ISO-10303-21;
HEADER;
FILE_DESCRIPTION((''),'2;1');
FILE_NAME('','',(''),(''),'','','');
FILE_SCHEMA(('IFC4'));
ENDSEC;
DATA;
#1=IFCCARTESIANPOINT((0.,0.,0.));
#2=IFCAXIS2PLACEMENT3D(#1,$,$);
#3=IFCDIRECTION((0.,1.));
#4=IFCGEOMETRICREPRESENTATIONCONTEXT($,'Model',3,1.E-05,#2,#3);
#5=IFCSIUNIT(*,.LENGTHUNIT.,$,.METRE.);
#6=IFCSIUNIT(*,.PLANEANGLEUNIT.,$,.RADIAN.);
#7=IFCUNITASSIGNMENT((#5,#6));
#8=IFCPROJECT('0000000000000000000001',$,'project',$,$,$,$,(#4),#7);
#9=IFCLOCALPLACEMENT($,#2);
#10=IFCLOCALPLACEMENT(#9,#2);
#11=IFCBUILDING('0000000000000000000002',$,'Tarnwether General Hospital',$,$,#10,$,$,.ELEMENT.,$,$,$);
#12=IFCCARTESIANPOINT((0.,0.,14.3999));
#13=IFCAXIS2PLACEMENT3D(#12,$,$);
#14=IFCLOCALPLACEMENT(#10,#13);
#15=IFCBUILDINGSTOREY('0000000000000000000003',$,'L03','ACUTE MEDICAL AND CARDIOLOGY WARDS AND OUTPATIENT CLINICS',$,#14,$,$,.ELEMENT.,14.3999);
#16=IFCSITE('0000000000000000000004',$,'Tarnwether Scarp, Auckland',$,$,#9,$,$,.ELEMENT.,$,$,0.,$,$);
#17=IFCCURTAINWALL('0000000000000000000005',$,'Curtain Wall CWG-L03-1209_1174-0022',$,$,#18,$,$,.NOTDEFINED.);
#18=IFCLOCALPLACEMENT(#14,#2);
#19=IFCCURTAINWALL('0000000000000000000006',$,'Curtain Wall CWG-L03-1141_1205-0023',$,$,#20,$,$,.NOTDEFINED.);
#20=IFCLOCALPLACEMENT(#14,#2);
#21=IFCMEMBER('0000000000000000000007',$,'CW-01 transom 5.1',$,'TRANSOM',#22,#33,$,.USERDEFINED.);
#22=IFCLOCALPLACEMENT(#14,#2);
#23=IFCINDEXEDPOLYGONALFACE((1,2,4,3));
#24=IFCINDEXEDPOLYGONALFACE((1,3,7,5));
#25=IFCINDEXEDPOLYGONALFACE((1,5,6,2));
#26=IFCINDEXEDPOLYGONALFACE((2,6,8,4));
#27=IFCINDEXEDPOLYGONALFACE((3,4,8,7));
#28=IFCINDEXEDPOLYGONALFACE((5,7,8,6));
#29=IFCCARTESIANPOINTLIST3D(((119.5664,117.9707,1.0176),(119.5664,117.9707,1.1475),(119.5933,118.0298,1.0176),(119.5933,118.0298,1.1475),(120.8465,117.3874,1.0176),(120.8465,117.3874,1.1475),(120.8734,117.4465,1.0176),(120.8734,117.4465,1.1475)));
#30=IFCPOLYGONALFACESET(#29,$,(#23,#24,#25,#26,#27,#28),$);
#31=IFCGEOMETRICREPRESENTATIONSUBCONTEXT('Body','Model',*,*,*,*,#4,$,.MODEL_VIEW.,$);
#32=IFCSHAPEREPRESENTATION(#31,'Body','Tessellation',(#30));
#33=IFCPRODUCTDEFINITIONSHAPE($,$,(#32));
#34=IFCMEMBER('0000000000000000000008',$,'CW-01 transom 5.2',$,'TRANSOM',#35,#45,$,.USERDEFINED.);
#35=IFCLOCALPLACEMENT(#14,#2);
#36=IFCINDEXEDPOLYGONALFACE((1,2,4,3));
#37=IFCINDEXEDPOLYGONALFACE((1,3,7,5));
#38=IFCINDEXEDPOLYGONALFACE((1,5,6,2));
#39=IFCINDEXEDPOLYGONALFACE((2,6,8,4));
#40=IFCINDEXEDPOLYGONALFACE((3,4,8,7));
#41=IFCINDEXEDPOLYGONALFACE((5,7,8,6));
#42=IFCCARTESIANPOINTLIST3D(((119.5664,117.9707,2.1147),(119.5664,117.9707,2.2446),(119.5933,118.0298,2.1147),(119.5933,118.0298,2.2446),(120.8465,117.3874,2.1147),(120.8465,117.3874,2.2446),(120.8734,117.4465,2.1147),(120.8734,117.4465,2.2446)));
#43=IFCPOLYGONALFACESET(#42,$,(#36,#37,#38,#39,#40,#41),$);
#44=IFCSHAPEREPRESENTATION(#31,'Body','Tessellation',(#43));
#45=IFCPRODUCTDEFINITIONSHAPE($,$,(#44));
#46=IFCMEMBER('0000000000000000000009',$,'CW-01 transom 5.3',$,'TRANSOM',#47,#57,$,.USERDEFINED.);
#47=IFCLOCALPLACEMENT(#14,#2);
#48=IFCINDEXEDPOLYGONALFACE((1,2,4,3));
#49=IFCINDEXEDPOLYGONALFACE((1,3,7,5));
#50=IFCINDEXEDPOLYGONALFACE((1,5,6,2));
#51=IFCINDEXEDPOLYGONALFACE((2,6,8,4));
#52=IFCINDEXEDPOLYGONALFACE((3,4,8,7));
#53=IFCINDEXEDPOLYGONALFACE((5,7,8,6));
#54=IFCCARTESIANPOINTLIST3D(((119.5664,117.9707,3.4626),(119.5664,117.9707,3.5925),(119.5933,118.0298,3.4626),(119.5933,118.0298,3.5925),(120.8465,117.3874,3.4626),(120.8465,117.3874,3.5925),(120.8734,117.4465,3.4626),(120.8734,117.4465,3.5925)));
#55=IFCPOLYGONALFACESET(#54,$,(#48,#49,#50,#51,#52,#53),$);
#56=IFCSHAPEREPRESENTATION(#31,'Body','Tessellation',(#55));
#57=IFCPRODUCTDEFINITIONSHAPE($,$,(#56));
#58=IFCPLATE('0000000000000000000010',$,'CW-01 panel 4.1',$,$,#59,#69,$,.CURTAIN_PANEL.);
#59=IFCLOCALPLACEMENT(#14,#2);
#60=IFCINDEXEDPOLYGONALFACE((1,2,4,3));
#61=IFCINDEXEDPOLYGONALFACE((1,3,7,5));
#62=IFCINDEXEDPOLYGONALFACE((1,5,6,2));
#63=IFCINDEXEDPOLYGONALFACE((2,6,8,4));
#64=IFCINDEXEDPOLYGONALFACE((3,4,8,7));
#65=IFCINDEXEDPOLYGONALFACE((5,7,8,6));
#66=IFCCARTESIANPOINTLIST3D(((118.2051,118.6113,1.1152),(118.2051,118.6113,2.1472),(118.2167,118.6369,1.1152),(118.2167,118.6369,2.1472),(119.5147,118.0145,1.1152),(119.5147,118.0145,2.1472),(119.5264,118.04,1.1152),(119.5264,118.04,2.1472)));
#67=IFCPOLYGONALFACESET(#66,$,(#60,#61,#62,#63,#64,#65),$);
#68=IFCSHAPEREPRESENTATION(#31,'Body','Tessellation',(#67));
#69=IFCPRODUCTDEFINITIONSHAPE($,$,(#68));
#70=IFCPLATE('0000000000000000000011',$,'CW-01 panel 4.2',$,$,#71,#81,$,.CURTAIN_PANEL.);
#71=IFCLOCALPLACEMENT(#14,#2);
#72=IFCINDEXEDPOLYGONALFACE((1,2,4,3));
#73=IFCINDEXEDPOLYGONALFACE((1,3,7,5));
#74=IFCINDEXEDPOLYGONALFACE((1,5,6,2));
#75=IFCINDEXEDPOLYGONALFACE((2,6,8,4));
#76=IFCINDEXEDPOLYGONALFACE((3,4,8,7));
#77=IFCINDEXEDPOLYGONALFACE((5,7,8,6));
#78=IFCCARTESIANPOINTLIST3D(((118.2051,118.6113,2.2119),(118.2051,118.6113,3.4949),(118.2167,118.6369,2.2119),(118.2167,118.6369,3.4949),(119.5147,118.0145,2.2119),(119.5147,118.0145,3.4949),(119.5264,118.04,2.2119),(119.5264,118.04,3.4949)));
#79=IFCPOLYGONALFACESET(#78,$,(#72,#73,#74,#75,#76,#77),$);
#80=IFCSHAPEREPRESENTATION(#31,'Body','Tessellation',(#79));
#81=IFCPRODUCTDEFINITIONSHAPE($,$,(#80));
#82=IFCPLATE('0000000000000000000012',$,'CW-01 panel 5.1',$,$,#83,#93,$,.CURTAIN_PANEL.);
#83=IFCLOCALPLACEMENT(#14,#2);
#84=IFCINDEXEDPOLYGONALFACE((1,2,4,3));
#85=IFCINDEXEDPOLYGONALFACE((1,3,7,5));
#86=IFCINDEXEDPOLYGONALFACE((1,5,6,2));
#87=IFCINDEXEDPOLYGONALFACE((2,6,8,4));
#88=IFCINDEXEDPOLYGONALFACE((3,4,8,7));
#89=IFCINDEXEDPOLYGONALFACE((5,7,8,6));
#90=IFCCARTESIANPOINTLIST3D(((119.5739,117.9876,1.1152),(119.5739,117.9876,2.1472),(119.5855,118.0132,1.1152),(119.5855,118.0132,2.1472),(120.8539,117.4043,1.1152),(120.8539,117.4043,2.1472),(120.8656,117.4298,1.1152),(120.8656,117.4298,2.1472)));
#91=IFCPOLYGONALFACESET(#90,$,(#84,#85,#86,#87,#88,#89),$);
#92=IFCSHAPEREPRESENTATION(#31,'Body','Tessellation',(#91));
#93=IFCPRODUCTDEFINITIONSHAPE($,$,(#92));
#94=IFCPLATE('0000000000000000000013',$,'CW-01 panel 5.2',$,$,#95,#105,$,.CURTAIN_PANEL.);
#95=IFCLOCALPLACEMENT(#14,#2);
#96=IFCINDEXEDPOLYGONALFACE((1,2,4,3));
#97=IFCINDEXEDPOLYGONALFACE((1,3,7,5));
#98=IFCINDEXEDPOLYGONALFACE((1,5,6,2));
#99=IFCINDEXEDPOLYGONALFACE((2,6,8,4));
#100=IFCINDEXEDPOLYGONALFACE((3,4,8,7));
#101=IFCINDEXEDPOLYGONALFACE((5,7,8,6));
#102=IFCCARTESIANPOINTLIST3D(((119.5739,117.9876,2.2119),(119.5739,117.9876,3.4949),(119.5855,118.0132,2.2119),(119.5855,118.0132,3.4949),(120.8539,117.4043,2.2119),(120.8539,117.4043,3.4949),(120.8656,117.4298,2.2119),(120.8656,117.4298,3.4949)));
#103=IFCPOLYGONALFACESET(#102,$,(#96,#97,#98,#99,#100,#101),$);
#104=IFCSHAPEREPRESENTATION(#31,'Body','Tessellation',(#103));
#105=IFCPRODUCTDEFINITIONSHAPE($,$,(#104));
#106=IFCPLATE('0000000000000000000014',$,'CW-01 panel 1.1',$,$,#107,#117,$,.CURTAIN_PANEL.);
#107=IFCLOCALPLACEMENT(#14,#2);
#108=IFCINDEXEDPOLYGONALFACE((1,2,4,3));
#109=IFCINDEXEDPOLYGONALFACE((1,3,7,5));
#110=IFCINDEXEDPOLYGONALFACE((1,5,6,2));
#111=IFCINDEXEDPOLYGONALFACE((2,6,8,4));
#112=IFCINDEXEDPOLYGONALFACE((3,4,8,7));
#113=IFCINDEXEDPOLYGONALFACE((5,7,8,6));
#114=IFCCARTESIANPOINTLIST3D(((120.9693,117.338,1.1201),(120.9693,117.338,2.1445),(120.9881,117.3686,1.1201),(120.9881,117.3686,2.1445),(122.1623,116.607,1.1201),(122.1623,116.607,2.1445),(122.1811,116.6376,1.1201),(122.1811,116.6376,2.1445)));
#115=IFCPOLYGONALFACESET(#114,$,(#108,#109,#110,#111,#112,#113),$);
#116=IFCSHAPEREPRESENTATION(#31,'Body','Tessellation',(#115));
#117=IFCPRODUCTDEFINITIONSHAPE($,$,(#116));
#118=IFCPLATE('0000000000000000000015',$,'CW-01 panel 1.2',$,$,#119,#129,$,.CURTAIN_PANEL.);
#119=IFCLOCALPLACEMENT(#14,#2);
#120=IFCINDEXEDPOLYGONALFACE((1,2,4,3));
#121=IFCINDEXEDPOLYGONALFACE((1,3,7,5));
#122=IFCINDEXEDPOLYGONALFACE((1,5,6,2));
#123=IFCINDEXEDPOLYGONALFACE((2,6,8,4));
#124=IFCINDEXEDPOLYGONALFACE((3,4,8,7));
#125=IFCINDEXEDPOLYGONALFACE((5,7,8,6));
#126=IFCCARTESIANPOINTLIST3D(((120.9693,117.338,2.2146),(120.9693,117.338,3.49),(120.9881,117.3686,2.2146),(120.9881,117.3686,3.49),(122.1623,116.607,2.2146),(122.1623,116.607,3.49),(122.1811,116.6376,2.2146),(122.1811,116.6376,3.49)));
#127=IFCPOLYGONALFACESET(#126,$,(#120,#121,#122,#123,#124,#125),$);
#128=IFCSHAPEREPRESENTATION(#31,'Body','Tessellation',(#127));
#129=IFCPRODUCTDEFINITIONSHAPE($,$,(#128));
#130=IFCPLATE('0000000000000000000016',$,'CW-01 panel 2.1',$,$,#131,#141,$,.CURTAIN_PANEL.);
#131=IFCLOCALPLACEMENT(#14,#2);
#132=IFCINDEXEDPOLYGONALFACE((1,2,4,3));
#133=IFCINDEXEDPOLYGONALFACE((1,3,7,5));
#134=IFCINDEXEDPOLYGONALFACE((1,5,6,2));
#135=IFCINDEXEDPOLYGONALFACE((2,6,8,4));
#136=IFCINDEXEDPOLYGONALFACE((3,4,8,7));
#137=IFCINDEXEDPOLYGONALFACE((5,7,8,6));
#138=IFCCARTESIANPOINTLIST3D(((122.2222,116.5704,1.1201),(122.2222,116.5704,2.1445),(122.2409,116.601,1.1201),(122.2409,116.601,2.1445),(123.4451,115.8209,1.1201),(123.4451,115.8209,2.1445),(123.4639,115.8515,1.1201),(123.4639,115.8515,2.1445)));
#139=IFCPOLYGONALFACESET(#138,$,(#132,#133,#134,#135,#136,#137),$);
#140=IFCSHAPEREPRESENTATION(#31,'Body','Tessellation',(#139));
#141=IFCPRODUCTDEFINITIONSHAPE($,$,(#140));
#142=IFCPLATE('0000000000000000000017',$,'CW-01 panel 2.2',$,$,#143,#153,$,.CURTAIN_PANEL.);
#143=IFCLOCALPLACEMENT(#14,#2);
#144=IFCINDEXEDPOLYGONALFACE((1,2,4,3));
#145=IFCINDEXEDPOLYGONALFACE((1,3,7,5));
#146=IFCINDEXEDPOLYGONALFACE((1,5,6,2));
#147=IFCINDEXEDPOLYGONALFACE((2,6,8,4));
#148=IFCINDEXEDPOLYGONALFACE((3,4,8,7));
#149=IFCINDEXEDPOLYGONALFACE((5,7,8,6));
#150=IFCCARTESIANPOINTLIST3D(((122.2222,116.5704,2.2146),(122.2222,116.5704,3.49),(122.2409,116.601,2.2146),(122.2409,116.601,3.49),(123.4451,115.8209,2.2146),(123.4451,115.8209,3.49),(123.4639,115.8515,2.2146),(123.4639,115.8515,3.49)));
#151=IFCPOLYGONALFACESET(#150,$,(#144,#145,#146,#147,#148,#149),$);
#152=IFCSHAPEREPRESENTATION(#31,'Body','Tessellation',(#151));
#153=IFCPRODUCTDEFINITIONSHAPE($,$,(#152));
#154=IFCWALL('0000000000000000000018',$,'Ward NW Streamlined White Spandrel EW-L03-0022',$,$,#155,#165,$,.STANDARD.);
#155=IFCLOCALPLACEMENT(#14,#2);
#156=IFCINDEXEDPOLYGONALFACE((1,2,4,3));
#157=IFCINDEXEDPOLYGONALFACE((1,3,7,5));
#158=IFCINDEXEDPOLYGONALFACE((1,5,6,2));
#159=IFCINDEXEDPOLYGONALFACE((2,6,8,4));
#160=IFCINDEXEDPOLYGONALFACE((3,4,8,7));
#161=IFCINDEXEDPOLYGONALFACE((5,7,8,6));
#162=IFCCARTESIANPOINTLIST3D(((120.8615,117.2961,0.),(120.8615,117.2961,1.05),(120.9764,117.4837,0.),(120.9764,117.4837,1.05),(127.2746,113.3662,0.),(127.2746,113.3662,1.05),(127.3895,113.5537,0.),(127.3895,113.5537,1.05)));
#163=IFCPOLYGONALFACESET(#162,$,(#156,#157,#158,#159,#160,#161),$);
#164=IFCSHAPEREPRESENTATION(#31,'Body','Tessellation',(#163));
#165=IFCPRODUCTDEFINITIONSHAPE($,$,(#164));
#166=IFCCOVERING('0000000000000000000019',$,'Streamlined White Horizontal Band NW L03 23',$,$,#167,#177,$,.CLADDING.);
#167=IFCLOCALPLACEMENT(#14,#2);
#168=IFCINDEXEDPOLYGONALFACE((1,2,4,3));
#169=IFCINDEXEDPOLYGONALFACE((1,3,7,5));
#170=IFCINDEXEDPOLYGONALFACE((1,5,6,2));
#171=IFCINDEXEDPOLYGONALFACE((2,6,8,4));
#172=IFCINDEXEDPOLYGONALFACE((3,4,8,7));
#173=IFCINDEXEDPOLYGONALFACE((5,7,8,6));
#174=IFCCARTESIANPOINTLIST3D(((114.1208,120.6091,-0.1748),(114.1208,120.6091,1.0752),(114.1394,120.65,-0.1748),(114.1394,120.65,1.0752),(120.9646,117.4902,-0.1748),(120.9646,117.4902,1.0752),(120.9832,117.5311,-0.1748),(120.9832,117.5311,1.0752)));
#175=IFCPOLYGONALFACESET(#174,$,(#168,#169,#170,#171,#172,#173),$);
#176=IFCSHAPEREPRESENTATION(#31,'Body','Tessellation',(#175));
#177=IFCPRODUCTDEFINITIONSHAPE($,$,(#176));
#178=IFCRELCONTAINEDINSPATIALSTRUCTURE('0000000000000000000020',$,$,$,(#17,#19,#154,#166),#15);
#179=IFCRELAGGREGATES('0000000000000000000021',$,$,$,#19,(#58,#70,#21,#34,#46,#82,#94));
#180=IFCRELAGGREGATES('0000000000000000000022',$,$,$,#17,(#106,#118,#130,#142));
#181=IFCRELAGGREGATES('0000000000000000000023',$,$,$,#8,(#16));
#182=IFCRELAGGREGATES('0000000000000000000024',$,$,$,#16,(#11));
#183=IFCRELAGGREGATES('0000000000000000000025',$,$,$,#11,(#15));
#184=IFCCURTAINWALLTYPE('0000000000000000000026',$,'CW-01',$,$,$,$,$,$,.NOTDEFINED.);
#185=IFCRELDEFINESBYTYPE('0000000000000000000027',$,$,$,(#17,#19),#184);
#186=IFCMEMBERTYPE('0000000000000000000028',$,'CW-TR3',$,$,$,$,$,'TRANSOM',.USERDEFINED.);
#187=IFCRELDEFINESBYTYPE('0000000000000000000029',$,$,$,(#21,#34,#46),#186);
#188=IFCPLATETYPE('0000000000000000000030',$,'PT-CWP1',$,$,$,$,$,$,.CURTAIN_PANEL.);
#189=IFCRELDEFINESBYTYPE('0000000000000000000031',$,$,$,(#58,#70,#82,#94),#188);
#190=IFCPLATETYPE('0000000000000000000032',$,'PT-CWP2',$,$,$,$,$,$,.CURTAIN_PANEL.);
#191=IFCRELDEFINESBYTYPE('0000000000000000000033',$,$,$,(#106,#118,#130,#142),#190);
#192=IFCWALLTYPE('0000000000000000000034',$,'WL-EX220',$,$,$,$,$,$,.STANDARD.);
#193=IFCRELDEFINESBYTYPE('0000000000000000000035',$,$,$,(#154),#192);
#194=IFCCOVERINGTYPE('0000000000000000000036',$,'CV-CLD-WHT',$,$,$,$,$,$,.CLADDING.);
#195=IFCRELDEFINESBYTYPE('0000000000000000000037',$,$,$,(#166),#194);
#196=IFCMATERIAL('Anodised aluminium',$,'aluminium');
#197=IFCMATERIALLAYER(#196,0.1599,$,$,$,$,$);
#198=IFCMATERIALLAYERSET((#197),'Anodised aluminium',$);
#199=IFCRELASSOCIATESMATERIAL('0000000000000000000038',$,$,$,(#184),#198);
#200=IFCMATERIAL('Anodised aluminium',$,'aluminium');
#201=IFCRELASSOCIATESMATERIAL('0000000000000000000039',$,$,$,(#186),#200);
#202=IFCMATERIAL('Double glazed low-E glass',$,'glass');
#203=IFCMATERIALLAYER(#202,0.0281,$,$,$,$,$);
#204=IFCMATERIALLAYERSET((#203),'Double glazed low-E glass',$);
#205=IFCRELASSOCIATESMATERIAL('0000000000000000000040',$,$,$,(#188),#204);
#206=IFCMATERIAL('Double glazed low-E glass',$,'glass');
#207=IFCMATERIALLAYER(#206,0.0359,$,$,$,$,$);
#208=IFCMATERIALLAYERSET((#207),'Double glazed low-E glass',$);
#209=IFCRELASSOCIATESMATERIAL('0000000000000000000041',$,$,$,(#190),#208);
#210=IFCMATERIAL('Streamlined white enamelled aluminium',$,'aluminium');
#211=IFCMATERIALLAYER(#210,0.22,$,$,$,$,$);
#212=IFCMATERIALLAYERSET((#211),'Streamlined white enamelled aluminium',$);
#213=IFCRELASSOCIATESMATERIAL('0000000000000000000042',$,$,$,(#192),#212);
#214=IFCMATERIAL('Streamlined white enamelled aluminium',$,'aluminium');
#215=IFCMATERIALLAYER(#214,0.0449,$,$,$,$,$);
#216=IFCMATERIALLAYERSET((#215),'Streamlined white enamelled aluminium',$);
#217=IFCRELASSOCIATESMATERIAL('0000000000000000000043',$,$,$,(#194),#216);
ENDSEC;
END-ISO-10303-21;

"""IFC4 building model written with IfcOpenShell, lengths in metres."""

from ifc_helpers import new_model, si_unit, direction, frame, frame_2d, origin, origin_2d, place, context, subcontext, project, spatial, rectangle, extrude, material, layer, layer_set, material_profile, profile_set, type_object, element, aggregate, save


model = new_model("IFC4")

# Units and contexts
model_context = context("Model", 3, precision=1e-05, world=origin(), true_north=direction((0.0, 1.0)))
body_context = subcontext(model_context, "Body", "Model", "MODEL_VIEW")
ifc_project = project(units=[si_unit("LENGTHUNIT", "METRE"), si_unit("PLANEANGLEUNIT", "RADIAN")], contexts=[model_context])

# Site, building, storey
site_placement = place(None, origin())
site = spatial("IfcSite", under=ifc_project, at=site_placement, Name="Tarnwether Scarp, Auckland", CompositionType="ELEMENT", RefElevation=0.0)
building_placement = place(site_placement, origin())
building = spatial("IfcBuilding", under=site, at=building_placement, Name="Tarnwether General Hospital", CompositionType="ELEMENT")
storey_placement = place(building_placement, frame((0.0, 0.0, 14.3999)))
storey = spatial("IfcBuildingStorey", under=building, at=storey_placement, Name="L03", Description="ACUTE MEDICAL AND CARDIOLOGY WARDS AND OUTPATIENT CLINICS", CompositionType="ELEMENT", Elevation=14.3999)

# Curtain walls
ifc_material_1 = material(Name="Anodised aluminium", Category="aluminium")
ifc_layer_1 = layer(ifc_material_1, 0.1599)
ifc_layer_set_1 = layer_set([ifc_layer_1], Name="Anodised aluminium")
curtain_wall_type = type_object("IfcCurtainWallType", Name="CW-01", PredefinedType="NOTDEFINED", material=ifc_layer_set_1)
curtain_wall_1_placement = place(storey_placement, origin())
curtain_wall_1 = element("IfcCurtainWall", 1, at=curtain_wall_1_placement, inside=storey, type_object=curtain_wall_type, Name="Curtain Wall CWG-L03-1209_1174-0022", PredefinedType="NOTDEFINED")
curtain_wall_2_placement = place(storey_placement, origin())
curtain_wall_2 = element("IfcCurtainWall", 2, at=curtain_wall_2_placement, inside=storey, type_object=curtain_wall_type, Name="Curtain Wall CWG-L03-1141_1205-0023", PredefinedType="NOTDEFINED")

# Members
ifc_material_2 = material(Name="Anodised aluminium", Category="aluminium")
ifc_material_profile_1 = material_profile(ifc_material_2, rectangle(XDim=0.0649, YDim=0.1299, at=origin_2d()), Name="ALU-TRN-65x130")
ifc_profile_set_1 = profile_set([ifc_material_profile_1], Name="Anodised aluminium")
member_type_1 = type_object("IfcMemberType", Name="CW-TR3", ElementType="TRANSOM", PredefinedType="USERDEFINED", material=ifc_profile_set_1)
member_1_placement = place(storey_placement, frame((119.5798, 118.0002, 1.0825), z_axis=(0.909986, -0.41464, 0.0), x_axis=(0.41464, 0.909986, 0.0)))
member_1 = element("IfcMember", 3, at=member_1_placement, type_object=member_type_1, Name="CW-01 transom 5.1", ObjectType="TRANSOM", PredefinedType="USERDEFINED", context=body_context, shape_type="SweptSolid", body=[
    extrude(rectangle(XDim=0.0649, YDim=0.1299, at=origin_2d()), origin(), (0.0, 0.0, 1.0), 1.4067),
])
member_2_placement = place(storey_placement, frame((119.5798, 118.0002, 2.1797), z_axis=(0.909986, -0.41464, 0.0), x_axis=(0.41464, 0.909986, 0.0)))
member_2 = element("IfcMember", 4, at=member_2_placement, type_object=member_type_1, Name="CW-01 transom 5.2", ObjectType="TRANSOM", PredefinedType="USERDEFINED", context=body_context, shape_type="SweptSolid", body=[
    extrude(rectangle(XDim=0.0649, YDim=0.1299, at=origin_2d()), origin(), (0.0, 0.0, 1.0), 1.4067),
])
member_3_placement = place(storey_placement, frame((119.5798, 118.0002, 3.5276), z_axis=(0.909986, -0.41464, 0.0), x_axis=(0.41464, 0.909986, 0.0)))
member_3 = element("IfcMember", 5, at=member_3_placement, type_object=member_type_1, Name="CW-01 transom 5.3", ObjectType="TRANSOM", PredefinedType="USERDEFINED", context=body_context, shape_type="SweptSolid", body=[
    extrude(rectangle(XDim=0.0649, YDim=0.1299, at=origin_2d()), origin(), (0.0, 0.0, 1.0), 1.4067),
])

# Plates
ifc_material_3 = material(Name="Double glazed low-E glass", Category="glass")
ifc_layer_2 = layer(ifc_material_3, 0.0281)
ifc_layer_set_2 = layer_set([ifc_layer_2], Name="Double glazed low-E glass")
plate_type_1 = type_object("IfcPlateType", Name="PT-CWP1", PredefinedType="CURTAIN_PANEL", material=ifc_layer_set_2)
plate_1_placement = place(storey_placement, frame((118.8657, 118.3257, 1.1152), z_axis=(0.0, 0.0, 1.0), x_axis=(0.909961, -0.414694, 0.0)))
plate_1 = element("IfcPlate", 6, at=plate_1_placement, type_object=plate_type_1, Name="CW-01 panel 4.1", PredefinedType="CURTAIN_PANEL", context=body_context, shape_type="SweptSolid", body=[
    extrude(rectangle(XDim=1.4392, YDim=0.0281, at=origin_2d()), origin(), (0.0, 0.0, 1.0), 1.032),
])
plate_2_placement = place(storey_placement, frame((118.8657, 118.3257, 2.2119), z_axis=(0.0, 0.0, 1.0), x_axis=(0.909961, -0.414694, 0.0)))
plate_2 = element("IfcPlate", 7, at=plate_2_placement, type_object=plate_type_1, Name="CW-01 panel 4.2", PredefinedType="CURTAIN_PANEL", context=body_context, shape_type="SweptSolid", body=[
    extrude(rectangle(XDim=1.4392, YDim=0.0281, at=origin_2d()), origin(), (0.0, 0.0, 1.0), 1.283),
])
plate_3_placement = place(storey_placement, frame((120.2197, 117.7087, 1.1152), z_axis=(0.0, 0.0, 1.0), x_axis=(0.909961, -0.414694, 0.0)))
plate_3 = element("IfcPlate", 8, at=plate_3_placement, type_object=plate_type_1, Name="CW-01 panel 5.1", PredefinedType="CURTAIN_PANEL", context=body_context, shape_type="SweptSolid", body=[
    extrude(rectangle(XDim=1.4067, YDim=0.0281, at=origin_2d()), origin(), (0.0, 0.0, 1.0), 1.032),
])
plate_4_placement = place(storey_placement, frame((120.2197, 117.7087, 2.2119), z_axis=(0.0, 0.0, 1.0), x_axis=(0.909961, -0.414694, 0.0)))
plate_4 = element("IfcPlate", 9, at=plate_4_placement, type_object=plate_type_1, Name="CW-01 panel 5.2", PredefinedType="CURTAIN_PANEL", context=body_context, shape_type="SweptSolid", body=[
    extrude(rectangle(XDim=1.4067, YDim=0.0281, at=origin_2d()), origin(), (0.0, 0.0, 1.0), 1.283),
])
aggregate(curtain_wall_2, [plate_1, plate_2, member_1, member_2, member_3, plate_3, plate_4])
ifc_material_4 = material(Name="Double glazed low-E glass", Category="glass")
ifc_layer_3 = layer(ifc_material_4, 0.0359)
ifc_layer_set_3 = layer_set([ifc_layer_3], Name="Double glazed low-E glass")
plate_type_2 = type_object("IfcPlateType", Name="PT-CWP2", PredefinedType="CURTAIN_PANEL", material=ifc_layer_set_3)
plate_5_placement = place(storey_placement, frame((121.5752, 116.9878, 1.1201), z_axis=(0.0, 0.0, 1.0), x_axis=(0.852634, -0.522509, 0.0)))
plate_5 = element("IfcPlate", 10, at=plate_5_placement, type_object=plate_type_2, Name="CW-01 panel 1.1", PredefinedType="CURTAIN_PANEL", context=body_context, shape_type="SweptSolid", body=[
    extrude(rectangle(XDim=1.3992, YDim=0.0359, at=origin_2d()), origin(), (0.0, 0.0, 1.0), 1.0244),
])
plate_6_placement = place(storey_placement, frame((121.5752, 116.9878, 2.2146), z_axis=(0.0, 0.0, 1.0), x_axis=(0.852634, -0.522509, 0.0)))
plate_6 = element("IfcPlate", 11, at=plate_6_placement, type_object=plate_type_2, Name="CW-01 panel 1.2", PredefinedType="CURTAIN_PANEL", context=body_context, shape_type="SweptSolid", body=[
    extrude(rectangle(XDim=1.3992, YDim=0.0359, at=origin_2d()), origin(), (0.0, 0.0, 1.0), 1.2754),
])
plate_7_placement = place(storey_placement, frame((122.843, 116.2109, 1.1201), z_axis=(0.0, 0.0, 1.0), x_axis=(0.852634, -0.522509, 0.0)))
plate_7 = element("IfcPlate", 12, at=plate_7_placement, type_object=plate_type_2, Name="CW-01 panel 2.1", PredefinedType="CURTAIN_PANEL", context=body_context, shape_type="SweptSolid", body=[
    extrude(rectangle(XDim=1.4343, YDim=0.0359, at=origin_2d()), origin(), (0.0, 0.0, 1.0), 1.0244),
])
plate_8_placement = place(storey_placement, frame((122.843, 116.2109, 2.2146), z_axis=(0.0, 0.0, 1.0), x_axis=(0.852634, -0.522509, 0.0)))
plate_8 = element("IfcPlate", 13, at=plate_8_placement, type_object=plate_type_2, Name="CW-01 panel 2.2", PredefinedType="CURTAIN_PANEL", context=body_context, shape_type="SweptSolid", body=[
    extrude(rectangle(XDim=1.4343, YDim=0.0359, at=origin_2d()), origin(), (0.0, 0.0, 1.0), 1.2754),
])
aggregate(curtain_wall_1, [plate_5, plate_6, plate_7, plate_8])

# Wall
ifc_material_5 = material(Name="Streamlined white enamelled aluminium", Category="aluminium")
ifc_layer_4 = layer(ifc_material_5, 0.22)
ifc_layer_set_4 = layer_set([ifc_layer_4], Name="Streamlined white enamelled aluminium")
wall_type = type_object("IfcWallType", Name="WL-EX220", PredefinedType="STANDARD", material=ifc_layer_set_4)
wall_placement = place(storey_placement, frame((120.9189, 117.3899, 0.0), z_axis=(0.0, 0.0, 1.0), x_axis=(0.852641, -0.522497, 0.0)))
element("IfcWall", 14, at=wall_placement, inside=storey, type_object=wall_type, Name="Ward NW Streamlined White Spandrel EW-L03-0022", PredefinedType="STANDARD", context=body_context, shape_type="SweptSolid", body=[
    extrude(rectangle(XDim=7.5215, YDim=0.22, at=frame_2d((3.7607, 0.0))), origin(), (0.0, 0.0, 1.0), 1.05),
])

# Covering
ifc_material_6 = material(Name="Streamlined white enamelled aluminium", Category="aluminium")
ifc_layer_5 = layer(ifc_material_6, 0.0449)
ifc_layer_set_5 = layer_set([ifc_layer_5], Name="Streamlined white enamelled aluminium")
covering_type = type_object("IfcCoveringType", Name="CV-CLD-WHT", PredefinedType="CLADDING", material=ifc_layer_set_5)
covering_placement = place(storey_placement, frame((117.552, 119.0701, -0.1748), z_axis=(0.0, 0.0, 1.0), x_axis=(0.909961, -0.414693, 0.0)))
element("IfcCovering", 15, at=covering_placement, inside=storey, type_object=covering_type, Name="Streamlined White Horizontal Band NW L03 23", PredefinedType="CLADDING", context=body_context, shape_type="SweptSolid", body=[
    extrude(rectangle(XDim=7.521, YDim=0.0449, at=origin_2d()), origin(), (0.0, 0.0, 1.0), 1.25),
])

save(model, "model.ifc")
